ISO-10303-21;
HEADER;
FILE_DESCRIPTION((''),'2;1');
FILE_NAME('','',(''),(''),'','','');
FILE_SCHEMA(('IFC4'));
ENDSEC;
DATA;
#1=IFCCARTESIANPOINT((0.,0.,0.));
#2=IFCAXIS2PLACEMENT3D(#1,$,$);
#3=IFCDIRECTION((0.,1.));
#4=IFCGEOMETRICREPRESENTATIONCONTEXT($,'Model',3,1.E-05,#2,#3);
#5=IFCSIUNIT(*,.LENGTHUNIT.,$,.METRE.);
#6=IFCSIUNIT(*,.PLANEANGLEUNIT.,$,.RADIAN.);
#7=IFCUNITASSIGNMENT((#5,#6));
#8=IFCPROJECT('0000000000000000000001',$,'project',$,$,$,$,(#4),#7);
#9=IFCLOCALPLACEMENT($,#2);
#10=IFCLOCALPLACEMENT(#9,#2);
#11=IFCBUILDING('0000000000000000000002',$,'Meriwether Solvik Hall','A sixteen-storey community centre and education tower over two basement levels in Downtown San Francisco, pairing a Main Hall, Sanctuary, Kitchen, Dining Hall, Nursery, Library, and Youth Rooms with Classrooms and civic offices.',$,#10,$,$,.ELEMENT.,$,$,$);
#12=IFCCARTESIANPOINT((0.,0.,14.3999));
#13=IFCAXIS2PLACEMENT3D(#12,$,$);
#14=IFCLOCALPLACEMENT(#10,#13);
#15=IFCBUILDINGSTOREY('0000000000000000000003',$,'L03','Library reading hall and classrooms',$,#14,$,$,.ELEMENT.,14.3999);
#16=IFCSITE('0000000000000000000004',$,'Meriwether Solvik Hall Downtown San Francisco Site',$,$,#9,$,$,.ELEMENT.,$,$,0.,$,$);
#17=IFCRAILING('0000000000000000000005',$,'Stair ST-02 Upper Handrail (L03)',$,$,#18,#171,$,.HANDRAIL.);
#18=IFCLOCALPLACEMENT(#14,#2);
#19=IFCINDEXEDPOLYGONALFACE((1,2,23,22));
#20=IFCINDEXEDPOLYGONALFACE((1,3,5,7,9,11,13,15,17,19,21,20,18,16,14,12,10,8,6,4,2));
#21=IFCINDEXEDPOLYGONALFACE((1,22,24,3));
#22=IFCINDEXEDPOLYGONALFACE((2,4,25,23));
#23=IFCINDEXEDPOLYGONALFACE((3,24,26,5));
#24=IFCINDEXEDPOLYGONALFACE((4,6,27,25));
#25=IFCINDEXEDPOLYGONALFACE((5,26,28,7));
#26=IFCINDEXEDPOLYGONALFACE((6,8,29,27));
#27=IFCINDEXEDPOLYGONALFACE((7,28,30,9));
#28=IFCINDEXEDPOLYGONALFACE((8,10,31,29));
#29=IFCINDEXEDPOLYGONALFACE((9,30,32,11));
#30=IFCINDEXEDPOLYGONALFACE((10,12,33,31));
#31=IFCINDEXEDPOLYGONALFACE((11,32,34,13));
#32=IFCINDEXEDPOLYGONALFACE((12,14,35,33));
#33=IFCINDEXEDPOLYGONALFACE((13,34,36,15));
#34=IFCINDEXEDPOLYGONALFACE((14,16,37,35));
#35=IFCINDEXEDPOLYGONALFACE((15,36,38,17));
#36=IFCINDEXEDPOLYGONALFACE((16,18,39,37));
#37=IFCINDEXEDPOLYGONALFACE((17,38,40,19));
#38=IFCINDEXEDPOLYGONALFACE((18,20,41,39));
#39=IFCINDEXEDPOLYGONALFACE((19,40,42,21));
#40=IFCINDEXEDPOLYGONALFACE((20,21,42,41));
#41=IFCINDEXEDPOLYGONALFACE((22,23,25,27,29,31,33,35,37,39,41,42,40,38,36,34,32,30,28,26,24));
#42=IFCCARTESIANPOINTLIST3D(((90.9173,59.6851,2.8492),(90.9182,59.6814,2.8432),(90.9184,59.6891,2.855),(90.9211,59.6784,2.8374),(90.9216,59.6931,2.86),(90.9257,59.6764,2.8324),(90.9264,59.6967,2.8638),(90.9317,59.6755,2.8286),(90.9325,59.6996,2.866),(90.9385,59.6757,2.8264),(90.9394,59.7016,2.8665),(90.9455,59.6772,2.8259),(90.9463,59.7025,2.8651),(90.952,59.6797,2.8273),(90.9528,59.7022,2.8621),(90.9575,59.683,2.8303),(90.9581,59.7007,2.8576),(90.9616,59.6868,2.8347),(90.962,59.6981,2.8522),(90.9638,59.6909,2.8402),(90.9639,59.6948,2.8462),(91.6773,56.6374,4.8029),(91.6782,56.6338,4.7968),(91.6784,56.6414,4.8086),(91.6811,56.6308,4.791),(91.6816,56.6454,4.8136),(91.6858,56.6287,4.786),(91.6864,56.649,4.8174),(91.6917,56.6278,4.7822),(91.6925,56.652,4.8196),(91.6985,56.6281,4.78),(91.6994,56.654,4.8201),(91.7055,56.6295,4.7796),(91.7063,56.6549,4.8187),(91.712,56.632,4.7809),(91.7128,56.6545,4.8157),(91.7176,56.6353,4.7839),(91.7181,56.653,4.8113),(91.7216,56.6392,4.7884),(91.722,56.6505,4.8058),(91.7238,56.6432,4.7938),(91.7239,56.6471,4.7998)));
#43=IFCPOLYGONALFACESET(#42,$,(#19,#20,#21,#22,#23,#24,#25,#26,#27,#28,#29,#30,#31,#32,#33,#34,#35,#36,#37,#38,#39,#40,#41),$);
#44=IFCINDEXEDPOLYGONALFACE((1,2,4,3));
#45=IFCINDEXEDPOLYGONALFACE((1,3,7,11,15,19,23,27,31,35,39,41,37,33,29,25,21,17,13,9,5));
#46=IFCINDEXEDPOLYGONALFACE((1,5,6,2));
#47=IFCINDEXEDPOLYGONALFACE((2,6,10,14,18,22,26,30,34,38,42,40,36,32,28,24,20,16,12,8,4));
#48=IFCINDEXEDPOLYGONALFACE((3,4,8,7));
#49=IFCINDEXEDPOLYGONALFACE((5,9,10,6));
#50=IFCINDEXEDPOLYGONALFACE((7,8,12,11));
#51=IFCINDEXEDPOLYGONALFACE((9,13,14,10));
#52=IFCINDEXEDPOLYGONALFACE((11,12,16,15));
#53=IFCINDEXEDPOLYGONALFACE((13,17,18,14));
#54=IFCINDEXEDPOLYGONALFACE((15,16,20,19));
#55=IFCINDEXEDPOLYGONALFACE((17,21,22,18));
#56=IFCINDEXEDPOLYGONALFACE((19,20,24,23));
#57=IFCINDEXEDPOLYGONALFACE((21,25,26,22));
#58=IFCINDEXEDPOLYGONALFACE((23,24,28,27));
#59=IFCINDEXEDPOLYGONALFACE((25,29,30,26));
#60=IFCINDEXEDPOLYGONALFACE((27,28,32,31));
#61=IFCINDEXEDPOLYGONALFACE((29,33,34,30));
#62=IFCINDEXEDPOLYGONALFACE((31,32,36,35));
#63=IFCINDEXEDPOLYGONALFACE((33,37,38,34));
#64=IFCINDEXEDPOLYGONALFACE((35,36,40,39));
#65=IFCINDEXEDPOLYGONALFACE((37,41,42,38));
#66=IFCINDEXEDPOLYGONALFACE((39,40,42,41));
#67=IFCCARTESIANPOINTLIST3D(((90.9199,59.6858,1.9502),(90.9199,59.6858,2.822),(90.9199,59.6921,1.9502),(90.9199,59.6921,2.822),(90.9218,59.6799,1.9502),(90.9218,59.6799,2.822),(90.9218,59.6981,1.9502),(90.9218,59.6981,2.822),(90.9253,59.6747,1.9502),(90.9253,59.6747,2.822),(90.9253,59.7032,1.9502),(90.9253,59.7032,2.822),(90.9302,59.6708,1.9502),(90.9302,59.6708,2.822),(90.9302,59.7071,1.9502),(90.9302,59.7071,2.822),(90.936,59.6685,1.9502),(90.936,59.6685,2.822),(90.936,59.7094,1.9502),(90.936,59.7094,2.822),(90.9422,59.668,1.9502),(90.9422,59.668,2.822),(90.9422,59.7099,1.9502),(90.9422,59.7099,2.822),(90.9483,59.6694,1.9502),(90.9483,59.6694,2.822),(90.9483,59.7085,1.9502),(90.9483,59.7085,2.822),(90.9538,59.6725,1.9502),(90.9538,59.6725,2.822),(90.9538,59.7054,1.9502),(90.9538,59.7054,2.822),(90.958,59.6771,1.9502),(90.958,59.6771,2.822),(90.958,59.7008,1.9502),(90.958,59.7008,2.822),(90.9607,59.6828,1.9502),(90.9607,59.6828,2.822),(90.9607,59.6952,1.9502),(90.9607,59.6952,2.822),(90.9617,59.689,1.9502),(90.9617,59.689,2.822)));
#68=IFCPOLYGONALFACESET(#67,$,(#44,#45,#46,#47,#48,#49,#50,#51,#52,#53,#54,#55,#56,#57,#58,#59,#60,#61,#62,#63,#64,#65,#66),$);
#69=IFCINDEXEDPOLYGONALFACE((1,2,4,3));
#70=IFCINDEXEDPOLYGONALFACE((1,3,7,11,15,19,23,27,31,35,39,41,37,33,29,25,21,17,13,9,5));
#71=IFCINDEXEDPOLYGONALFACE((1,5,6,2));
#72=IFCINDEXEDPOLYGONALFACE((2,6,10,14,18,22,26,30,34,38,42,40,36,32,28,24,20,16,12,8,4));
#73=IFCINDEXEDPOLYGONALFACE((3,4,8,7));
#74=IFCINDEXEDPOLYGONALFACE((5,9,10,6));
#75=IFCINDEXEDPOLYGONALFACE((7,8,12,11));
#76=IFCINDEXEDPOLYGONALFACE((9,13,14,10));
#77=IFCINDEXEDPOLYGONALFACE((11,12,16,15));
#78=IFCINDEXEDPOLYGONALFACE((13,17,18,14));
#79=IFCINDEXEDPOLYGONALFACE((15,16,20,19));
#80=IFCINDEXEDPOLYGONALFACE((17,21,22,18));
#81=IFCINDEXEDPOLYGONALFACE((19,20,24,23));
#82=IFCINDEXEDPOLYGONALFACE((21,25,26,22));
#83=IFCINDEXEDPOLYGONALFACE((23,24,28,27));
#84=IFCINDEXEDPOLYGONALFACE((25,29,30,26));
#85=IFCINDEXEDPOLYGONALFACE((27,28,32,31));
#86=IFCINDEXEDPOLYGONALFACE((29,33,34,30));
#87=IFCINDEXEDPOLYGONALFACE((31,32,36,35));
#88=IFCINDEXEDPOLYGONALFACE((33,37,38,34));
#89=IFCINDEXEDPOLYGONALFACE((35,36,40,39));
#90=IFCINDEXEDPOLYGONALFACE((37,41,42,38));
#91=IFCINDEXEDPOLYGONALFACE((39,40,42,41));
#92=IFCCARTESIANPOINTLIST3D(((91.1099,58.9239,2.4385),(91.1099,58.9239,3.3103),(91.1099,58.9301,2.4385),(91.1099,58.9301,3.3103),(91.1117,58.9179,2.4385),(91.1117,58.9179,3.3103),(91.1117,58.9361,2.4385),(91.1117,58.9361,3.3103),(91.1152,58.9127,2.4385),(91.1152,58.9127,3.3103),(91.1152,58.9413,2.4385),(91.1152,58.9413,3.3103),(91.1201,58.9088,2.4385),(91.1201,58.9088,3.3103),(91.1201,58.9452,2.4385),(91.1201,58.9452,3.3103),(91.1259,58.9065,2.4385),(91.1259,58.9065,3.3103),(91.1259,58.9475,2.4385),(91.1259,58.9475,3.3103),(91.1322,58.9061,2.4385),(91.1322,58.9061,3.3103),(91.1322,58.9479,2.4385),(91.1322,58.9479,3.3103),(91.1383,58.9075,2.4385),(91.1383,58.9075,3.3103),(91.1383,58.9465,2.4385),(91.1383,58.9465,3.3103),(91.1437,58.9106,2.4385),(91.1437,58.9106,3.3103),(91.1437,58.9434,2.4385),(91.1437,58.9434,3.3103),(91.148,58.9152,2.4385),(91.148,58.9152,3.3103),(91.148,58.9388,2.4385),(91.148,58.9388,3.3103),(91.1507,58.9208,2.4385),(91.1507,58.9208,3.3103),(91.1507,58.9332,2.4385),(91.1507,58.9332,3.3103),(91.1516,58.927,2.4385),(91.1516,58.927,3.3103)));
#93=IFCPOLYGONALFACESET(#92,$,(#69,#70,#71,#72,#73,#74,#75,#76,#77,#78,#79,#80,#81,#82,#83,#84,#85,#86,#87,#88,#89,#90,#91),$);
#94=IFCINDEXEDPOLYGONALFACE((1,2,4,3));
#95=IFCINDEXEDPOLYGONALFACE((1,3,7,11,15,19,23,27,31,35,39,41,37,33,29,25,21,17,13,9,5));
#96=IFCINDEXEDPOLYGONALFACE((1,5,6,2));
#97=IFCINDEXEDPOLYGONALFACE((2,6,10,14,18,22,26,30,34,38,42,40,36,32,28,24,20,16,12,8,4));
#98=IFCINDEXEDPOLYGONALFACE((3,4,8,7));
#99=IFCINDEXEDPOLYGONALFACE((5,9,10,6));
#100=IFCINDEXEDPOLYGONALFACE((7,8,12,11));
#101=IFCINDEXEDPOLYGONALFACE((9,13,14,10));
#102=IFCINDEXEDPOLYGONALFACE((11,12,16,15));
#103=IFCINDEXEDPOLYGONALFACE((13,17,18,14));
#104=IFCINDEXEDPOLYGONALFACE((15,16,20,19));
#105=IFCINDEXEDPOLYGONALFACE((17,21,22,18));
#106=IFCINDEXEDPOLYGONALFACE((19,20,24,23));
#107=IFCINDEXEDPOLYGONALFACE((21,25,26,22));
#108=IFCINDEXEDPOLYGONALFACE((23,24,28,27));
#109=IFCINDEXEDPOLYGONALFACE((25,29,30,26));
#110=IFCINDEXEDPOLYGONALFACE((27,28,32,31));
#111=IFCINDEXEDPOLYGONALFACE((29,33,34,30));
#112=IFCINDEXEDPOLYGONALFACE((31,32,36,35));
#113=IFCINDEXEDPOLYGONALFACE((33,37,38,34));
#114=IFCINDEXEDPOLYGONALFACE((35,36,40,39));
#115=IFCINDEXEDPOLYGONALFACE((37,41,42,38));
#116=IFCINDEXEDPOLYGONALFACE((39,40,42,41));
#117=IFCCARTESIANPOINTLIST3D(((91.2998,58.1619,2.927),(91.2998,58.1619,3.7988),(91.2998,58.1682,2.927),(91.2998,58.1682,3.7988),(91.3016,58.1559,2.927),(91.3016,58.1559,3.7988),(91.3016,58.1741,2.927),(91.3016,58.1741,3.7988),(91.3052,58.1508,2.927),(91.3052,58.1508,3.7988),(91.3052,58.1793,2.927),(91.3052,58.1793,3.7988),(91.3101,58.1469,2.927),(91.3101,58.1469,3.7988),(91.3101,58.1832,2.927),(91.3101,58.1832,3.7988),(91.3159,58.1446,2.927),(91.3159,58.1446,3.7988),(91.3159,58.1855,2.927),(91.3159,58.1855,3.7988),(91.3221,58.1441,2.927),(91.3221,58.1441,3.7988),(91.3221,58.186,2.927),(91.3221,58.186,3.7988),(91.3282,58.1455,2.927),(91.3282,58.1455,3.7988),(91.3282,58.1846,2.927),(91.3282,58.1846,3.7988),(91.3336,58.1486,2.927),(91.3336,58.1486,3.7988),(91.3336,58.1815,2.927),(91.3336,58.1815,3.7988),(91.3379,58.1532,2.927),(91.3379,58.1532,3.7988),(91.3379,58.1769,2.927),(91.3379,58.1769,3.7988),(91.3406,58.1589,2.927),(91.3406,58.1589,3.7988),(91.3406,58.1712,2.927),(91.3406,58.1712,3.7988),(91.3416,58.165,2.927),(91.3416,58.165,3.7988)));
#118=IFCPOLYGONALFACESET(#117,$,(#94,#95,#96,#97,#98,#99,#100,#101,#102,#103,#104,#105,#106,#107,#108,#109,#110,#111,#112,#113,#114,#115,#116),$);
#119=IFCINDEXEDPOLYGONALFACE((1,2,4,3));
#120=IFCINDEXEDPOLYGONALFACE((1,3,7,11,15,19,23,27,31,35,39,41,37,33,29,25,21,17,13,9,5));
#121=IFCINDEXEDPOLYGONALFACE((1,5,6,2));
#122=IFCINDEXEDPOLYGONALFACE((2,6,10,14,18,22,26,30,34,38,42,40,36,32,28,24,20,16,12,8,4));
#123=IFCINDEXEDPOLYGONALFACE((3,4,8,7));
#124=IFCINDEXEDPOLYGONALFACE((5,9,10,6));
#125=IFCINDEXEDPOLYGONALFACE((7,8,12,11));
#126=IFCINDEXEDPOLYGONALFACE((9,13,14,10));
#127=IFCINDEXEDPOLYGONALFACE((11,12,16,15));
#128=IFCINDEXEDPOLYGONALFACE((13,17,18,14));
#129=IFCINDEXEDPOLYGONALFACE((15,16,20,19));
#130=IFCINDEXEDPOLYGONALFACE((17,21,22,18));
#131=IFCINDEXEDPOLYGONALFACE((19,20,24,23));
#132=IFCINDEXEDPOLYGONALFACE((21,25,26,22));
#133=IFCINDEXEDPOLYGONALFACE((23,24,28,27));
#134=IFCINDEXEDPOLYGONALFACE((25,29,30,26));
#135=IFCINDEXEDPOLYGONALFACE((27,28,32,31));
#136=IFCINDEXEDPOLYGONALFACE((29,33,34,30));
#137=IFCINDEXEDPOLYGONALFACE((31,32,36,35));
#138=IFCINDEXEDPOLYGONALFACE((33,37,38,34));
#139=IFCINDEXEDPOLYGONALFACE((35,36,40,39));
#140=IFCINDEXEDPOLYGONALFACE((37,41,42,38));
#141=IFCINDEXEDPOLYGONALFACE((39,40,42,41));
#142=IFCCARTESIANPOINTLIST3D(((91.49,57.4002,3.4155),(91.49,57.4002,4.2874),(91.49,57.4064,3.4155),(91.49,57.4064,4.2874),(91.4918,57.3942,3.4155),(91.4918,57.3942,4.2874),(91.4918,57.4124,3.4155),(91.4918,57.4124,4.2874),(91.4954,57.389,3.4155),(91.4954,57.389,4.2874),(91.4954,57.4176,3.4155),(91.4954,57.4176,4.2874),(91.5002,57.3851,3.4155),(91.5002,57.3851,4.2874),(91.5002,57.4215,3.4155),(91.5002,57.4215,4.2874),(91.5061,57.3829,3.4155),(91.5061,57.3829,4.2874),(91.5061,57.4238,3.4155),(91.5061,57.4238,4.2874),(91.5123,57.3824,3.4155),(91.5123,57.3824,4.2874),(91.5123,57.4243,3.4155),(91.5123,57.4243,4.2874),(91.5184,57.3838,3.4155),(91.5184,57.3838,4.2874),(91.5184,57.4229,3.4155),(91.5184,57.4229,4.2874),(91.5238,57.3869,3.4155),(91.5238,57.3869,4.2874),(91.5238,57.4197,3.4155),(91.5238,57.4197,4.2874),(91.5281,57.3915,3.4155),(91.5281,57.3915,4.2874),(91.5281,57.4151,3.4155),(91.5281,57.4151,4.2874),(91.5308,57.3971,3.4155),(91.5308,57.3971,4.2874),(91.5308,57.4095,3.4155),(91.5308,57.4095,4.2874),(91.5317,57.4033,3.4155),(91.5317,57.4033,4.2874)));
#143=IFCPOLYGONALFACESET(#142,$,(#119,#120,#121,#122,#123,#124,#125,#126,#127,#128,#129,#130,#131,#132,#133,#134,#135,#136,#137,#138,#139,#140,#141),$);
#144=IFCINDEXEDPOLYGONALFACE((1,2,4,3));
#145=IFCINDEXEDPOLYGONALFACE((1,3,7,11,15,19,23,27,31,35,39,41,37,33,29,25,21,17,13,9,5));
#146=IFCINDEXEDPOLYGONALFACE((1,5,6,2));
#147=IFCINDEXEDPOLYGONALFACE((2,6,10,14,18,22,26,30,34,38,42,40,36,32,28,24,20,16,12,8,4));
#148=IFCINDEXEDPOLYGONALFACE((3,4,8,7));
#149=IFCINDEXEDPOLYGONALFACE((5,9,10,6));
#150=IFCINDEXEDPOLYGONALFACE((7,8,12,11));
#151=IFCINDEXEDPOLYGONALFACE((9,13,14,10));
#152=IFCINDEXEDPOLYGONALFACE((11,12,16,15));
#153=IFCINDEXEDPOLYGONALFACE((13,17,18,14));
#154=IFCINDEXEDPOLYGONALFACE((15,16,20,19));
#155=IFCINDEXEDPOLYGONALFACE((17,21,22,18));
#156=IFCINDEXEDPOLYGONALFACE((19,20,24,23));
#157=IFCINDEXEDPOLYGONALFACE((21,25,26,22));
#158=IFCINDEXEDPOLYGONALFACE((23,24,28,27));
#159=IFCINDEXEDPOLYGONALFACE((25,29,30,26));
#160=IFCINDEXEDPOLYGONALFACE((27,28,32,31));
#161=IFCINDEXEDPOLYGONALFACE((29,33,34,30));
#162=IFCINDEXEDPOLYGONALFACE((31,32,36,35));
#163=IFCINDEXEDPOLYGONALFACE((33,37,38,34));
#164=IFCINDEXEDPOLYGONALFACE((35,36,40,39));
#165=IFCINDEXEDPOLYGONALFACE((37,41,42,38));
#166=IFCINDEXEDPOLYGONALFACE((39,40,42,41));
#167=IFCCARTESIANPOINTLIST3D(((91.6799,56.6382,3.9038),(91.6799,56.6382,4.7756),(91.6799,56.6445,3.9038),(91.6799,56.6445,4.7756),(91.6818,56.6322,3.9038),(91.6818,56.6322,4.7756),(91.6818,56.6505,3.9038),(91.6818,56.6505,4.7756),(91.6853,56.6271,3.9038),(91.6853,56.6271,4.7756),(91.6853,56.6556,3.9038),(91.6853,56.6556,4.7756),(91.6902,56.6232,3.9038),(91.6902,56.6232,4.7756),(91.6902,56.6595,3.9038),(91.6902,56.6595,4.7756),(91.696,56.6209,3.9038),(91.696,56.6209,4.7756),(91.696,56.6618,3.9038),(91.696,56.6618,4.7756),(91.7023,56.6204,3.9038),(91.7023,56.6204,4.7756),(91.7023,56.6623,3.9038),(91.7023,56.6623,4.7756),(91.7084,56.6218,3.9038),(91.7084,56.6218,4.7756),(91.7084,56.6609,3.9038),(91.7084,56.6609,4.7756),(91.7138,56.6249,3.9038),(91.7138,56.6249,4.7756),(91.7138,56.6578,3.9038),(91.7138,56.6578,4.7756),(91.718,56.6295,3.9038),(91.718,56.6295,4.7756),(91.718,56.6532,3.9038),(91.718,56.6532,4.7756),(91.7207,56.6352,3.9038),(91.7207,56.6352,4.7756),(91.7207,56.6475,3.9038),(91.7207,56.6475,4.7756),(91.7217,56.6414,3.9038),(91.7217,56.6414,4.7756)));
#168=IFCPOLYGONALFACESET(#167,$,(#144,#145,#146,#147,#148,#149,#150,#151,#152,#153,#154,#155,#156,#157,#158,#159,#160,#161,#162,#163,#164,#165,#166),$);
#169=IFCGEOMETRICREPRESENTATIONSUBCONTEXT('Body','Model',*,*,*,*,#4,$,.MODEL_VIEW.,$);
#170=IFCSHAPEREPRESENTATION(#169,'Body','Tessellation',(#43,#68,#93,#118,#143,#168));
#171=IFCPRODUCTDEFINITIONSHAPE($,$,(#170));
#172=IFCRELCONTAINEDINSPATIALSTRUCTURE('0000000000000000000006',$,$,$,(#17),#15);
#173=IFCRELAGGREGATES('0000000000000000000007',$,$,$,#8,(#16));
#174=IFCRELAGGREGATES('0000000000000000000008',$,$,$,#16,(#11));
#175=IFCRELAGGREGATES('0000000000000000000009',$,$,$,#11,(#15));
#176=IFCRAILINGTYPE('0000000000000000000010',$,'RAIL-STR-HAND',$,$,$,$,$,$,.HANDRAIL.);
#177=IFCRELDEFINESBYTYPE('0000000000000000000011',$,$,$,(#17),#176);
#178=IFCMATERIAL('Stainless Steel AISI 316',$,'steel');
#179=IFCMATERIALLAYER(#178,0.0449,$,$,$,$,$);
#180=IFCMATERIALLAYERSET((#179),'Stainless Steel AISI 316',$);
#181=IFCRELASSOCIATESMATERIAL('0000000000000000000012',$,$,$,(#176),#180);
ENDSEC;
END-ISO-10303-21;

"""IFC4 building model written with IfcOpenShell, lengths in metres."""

from ifc_helpers import new_model, si_unit, direction, frame, origin, origin_2d, place, context, subcontext, project, spatial, circle, extrude, material, layer, layer_set, type_object, element, save


model = new_model("IFC4")

# Units and contexts
model_context = context("Model", 3, precision=1e-05, world=origin(), true_north=direction((0.0, 1.0)))
body_context = subcontext(model_context, "Body", "Model", "MODEL_VIEW")
ifc_project = project(units=[si_unit("LENGTHUNIT", "METRE"), si_unit("PLANEANGLEUNIT", "RADIAN")], contexts=[model_context])

# Site, building, storey
site_placement = place(None, origin())
site = spatial("IfcSite", under=ifc_project, at=site_placement, Name="Meriwether Solvik Hall Downtown San Francisco Site", CompositionType="ELEMENT", RefElevation=0.0)
building_placement = place(site_placement, origin())
building = spatial("IfcBuilding", under=site, at=building_placement, Name="Meriwether Solvik Hall", Description="A sixteen-storey community centre and education tower over two basement levels in Downtown San Francisco, pairing a Main Hall, Sanctuary, Kitchen, Dining Hall, Nursery, Library, and Youth Rooms with Classrooms and civic offices.", CompositionType="ELEMENT")
storey_placement = place(building_placement, frame((0.0, 0.0, 14.3999)))
storey = spatial("IfcBuildingStorey", under=building, at=storey_placement, Name="L03", Description="Library reading hall and classrooms", CompositionType="ELEMENT", Elevation=14.3999)

# Railing
ifc_material_1 = material(Name="Stainless Steel AISI 316", Category="steel")
ifc_layer_1 = layer(ifc_material_1, 0.0449)
ifc_layer_set_1 = layer_set([ifc_layer_1], Name="Stainless Steel AISI 316")
railing_type_1 = type_object("IfcRailingType", Name="RAIL-STR-HAND", PredefinedType="HANDRAIL", material=ifc_layer_set_1)
railing_1_placement = place(storey_placement, frame((90.9407, 59.689, 1.9502)))
element("IfcRailing", 1, at=railing_1_placement, inside=storey, type_object=railing_type_1, Name="Stair ST-02 Upper Handrail (L03)", PredefinedType="HANDRAIL", context=body_context, shape_type="SweptSolid", body=[
    extrude(circle(Radius=0.0239, at=origin_2d()), frame((0.0, 0.0, 0.896), z_axis=(0.205467, -0.823915, 0.528155), x_axis=(0.970284, 0.241969, 0.0)), (0.0, 0.0, 1.0), 3.699),
    extrude(circle(Radius=0.021, at=origin_2d()), origin(), (0.0, 0.0, 1.0), 0.8718),
    extrude(circle(Radius=0.021, at=origin_2d()), frame((0.1899, -0.762, 0.4883)), (0.0, 0.0, 1.0), 0.8718),
    extrude(circle(Radius=0.021, at=origin_2d()), frame((0.3799, -1.5239, 0.9768)), (0.0, 0.0, 1.0), 0.8718),
    extrude(circle(Radius=0.021, at=origin_2d()), frame((0.5701, -2.2856, 1.4653)), (0.0, 0.0, 1.0), 0.8718),
    extrude(circle(Radius=0.021, at=origin_2d()), frame((0.76, -3.0476, 1.9536)), (0.0, 0.0, 1.0), 0.8718),
])

save(model, "model.ifc")
